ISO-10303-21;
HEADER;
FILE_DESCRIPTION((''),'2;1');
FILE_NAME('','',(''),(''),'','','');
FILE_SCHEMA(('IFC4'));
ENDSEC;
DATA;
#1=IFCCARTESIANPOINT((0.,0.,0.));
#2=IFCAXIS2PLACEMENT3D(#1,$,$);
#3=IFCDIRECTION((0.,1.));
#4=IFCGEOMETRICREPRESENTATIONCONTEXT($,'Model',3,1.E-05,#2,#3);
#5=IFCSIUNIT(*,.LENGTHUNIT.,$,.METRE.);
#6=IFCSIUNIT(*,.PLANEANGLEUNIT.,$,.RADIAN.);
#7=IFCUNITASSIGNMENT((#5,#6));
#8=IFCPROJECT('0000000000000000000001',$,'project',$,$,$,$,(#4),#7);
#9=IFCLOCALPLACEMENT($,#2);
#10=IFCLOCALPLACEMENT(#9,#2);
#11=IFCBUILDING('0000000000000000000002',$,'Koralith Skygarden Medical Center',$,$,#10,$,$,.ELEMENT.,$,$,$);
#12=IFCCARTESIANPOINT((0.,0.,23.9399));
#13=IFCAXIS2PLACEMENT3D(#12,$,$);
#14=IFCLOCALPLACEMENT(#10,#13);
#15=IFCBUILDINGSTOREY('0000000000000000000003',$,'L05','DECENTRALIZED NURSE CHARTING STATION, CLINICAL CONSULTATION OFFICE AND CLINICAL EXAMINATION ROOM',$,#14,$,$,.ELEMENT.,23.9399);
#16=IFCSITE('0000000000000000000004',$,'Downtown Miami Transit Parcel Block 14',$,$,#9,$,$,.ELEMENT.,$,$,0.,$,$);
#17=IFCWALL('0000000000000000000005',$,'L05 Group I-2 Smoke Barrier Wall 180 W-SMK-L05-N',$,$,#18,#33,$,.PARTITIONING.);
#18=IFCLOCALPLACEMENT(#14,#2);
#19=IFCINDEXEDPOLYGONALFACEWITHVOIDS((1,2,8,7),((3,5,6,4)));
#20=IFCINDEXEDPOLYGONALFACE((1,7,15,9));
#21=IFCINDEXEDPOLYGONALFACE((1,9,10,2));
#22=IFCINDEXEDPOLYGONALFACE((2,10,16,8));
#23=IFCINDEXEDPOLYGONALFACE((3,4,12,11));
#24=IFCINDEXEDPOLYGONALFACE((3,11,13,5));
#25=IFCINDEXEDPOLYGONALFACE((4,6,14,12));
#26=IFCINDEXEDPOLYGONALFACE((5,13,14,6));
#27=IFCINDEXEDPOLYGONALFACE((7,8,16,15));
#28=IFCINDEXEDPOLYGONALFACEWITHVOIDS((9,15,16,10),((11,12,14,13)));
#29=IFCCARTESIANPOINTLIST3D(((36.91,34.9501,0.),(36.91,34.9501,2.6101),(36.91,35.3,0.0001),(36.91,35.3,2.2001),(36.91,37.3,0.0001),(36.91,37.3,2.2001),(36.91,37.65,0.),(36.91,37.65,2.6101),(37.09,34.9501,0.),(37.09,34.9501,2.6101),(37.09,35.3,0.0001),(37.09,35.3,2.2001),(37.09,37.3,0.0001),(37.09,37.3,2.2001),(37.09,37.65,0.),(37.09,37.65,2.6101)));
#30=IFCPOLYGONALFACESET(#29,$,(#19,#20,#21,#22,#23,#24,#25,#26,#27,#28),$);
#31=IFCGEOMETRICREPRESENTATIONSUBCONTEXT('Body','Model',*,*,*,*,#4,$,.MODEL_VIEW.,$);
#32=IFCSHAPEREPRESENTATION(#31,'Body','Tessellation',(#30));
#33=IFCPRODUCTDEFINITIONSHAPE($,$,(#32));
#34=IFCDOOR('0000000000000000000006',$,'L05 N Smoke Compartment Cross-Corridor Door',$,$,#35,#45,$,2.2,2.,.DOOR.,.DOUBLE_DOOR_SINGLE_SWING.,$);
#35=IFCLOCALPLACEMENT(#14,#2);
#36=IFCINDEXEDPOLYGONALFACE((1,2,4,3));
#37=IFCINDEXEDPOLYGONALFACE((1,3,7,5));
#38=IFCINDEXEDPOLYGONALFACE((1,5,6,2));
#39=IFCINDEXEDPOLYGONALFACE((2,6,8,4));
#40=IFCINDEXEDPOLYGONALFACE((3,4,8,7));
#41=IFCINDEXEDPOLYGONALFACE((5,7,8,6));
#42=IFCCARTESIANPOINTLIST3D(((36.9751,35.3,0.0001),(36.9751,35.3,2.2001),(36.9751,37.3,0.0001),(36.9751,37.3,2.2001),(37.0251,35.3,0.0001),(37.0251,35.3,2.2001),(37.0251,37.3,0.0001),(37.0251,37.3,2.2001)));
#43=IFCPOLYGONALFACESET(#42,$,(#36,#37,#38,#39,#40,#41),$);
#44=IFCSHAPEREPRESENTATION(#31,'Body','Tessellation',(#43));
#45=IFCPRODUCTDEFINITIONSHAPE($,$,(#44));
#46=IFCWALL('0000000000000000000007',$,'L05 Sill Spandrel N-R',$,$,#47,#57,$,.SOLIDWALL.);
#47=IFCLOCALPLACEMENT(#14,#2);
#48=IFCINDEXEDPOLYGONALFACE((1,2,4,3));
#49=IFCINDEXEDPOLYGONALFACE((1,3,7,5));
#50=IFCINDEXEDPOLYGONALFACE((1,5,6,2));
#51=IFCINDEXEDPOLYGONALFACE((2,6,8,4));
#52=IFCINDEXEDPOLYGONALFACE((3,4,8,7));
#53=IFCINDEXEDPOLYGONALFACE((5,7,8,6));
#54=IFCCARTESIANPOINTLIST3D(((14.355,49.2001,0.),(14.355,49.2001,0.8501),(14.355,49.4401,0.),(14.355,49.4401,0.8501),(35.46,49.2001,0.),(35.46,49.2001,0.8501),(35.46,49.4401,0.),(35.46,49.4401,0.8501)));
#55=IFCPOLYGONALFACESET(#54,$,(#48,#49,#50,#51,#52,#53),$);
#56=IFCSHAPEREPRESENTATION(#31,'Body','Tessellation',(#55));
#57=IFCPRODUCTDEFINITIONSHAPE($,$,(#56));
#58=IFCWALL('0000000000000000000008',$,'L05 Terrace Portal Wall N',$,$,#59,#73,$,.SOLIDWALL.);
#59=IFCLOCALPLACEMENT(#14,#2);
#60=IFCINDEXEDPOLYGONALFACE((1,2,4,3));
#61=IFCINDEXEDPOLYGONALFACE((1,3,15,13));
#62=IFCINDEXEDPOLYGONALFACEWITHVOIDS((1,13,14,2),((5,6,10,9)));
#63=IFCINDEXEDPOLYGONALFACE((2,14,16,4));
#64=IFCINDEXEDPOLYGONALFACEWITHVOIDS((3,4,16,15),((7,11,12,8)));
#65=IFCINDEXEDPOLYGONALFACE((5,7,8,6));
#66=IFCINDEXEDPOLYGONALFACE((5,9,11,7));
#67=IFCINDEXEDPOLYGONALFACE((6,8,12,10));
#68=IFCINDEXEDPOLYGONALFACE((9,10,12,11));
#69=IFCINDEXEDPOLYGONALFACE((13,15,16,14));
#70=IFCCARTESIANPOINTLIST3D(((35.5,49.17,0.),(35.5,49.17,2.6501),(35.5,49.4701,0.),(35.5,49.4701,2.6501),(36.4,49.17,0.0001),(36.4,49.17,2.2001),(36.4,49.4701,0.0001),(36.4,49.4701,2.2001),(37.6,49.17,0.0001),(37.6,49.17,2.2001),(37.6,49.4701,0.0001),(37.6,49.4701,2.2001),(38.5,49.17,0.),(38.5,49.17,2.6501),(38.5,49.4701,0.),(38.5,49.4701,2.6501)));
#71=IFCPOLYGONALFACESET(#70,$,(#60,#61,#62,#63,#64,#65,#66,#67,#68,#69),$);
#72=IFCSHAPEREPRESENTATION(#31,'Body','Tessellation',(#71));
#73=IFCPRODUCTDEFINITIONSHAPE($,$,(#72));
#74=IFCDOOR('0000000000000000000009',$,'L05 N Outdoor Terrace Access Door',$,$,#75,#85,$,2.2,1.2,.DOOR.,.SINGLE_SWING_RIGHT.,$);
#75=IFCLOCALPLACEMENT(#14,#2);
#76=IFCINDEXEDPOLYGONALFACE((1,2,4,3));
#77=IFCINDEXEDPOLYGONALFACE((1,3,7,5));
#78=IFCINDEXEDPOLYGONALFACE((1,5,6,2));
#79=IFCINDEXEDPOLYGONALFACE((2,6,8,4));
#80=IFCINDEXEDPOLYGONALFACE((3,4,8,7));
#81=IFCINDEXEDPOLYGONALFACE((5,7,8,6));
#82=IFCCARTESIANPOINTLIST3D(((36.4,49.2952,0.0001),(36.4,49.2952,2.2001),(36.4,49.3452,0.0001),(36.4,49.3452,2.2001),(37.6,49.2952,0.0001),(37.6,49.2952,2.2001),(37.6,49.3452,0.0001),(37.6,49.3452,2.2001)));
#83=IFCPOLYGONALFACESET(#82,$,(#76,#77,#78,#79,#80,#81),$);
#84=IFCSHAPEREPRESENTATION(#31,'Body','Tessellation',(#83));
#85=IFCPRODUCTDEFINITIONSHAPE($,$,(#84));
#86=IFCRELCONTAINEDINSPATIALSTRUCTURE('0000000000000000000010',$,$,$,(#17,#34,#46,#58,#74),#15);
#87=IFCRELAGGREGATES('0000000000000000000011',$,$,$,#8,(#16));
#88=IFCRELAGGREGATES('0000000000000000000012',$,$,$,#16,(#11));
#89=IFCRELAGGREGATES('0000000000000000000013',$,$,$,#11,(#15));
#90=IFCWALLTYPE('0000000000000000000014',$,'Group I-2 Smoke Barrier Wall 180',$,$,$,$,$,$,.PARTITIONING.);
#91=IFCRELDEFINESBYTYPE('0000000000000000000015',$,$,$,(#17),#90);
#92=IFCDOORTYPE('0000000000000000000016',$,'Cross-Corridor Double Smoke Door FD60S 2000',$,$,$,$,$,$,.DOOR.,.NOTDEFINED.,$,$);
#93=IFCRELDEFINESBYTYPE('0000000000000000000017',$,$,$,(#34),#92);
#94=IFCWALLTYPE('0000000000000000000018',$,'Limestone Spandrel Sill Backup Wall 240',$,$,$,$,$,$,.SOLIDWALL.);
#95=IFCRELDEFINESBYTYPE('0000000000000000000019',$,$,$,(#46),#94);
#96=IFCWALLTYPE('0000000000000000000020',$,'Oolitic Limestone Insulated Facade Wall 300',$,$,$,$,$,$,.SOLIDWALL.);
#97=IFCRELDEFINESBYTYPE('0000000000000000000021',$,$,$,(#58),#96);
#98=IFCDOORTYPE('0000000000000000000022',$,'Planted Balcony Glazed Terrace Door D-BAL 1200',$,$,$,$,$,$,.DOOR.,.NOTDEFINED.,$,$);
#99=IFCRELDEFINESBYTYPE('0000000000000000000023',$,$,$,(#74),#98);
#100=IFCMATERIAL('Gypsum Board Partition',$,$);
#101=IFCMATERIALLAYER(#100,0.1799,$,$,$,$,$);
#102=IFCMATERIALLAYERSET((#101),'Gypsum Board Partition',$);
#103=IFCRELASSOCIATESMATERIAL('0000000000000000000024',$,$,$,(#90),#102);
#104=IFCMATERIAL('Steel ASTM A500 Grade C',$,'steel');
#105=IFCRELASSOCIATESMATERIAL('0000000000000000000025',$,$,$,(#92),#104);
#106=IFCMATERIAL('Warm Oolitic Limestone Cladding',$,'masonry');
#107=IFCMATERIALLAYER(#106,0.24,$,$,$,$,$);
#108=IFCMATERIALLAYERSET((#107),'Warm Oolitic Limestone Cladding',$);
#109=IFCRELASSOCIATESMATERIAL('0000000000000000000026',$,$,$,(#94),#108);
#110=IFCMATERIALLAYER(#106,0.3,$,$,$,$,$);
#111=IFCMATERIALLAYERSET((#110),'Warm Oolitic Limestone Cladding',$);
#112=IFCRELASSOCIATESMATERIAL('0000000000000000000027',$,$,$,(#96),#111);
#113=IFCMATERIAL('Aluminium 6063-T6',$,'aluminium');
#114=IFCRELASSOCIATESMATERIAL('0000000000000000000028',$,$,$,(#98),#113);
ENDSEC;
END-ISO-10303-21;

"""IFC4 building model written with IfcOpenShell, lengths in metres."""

from ifc_helpers import new_model, si_unit, direction, frame, frame_2d, origin, place, context, subcontext, project, spatial, rectangle, extrude, material, layer, layer_set, type_object, element, fill, save


model = new_model("IFC4")

# Units and contexts
model_context = context("Model", 3, precision=1e-05, world=origin(), true_north=direction((0.0, 1.0)))
body_context = subcontext(model_context, "Body", "Model", "MODEL_VIEW")
ifc_project = project(units=[si_unit("LENGTHUNIT", "METRE"), si_unit("PLANEANGLEUNIT", "RADIAN")], contexts=[model_context])

# Site, building, storey
site_placement = place(None, origin())
site = spatial("IfcSite", under=ifc_project, at=site_placement, Name="Downtown Miami Transit Parcel Block 14", CompositionType="ELEMENT", RefElevation=0.0)
building_placement = place(site_placement, origin())
building = spatial("IfcBuilding", under=site, at=building_placement, Name="Koralith Skygarden Medical Center", CompositionType="ELEMENT")
storey_placement = place(building_placement, frame((0.0, 0.0, 23.9399)))
storey = spatial("IfcBuildingStorey", under=building, at=storey_placement, Name="L05", Description="DECENTRALIZED NURSE CHARTING STATION, CLINICAL CONSULTATION OFFICE AND CLINICAL EXAMINATION ROOM", CompositionType="ELEMENT", Elevation=23.9399)

# Shared definitions
ifc_material_1 = material(Name="Aluminium 6063-T6", Category="aluminium")

# Shared definitions
ifc_material_2 = material(Name="Gypsum Board Partition")

# Wall, opening, door
ifc_layer_1 = layer(ifc_material_2, 0.1799)
ifc_layer_set_1 = layer_set([ifc_layer_1], Name="Gypsum Board Partition")
wall_type_1 = type_object("IfcWallType", Name="Group I-2 Smoke Barrier Wall 180", PredefinedType="PARTITIONING", material=ifc_layer_set_1)
wall_1_placement = place(storey_placement, frame((37.0, 34.95, 0.0), z_axis=(0.0, 0.0, 1.0), x_axis=(0.0, 1.0, 0.0)))
wall_1 = element("IfcWall", 1, at=wall_1_placement, inside=storey, type_object=wall_type_1, Name="L05 Group I-2 Smoke Barrier Wall 180 W-SMK-L05-N", PredefinedType="PARTITIONING", context=body_context, shape_type="SweptSolid", body=[
    extrude(rectangle(XDim=2.7, YDim=0.1799, at=frame_2d((1.3501, 0.0))), origin(), (0.0, 0.0, 1.0), 2.6101),
])
opening_1_placement = place(wall_1_placement, frame((0.3501, 0.0, 0.0)))
opening_1 = element("IfcOpeningElement", 2, at=opening_1_placement, cuts=wall_1, PredefinedType="OPENING", context=body_context, shape_type="SweptSolid", body=[
    extrude(rectangle(XDim=2.0, YDim=2.2, at=frame_2d((1.0, 1.1001))), frame((0.0, 0.0999, 0.0), z_axis=(0.0, -1.0, 0.0), x_axis=(1.0, 0.0, 0.0)), (0.0, 0.0, 1.0), 0.2),
])
ifc_material_3 = material(Name="Steel ASTM A500 Grade C", Category="steel")
door_type_1 = type_object("IfcDoorType", Name="Cross-Corridor Double Smoke Door FD60S 2000", OperationType="NOTDEFINED", PredefinedType="DOOR", material=ifc_material_3)
door_1_placement = place(opening_1_placement, origin())
door_1 = element("IfcDoor", 3, at=door_1_placement, inside=storey, type_object=door_type_1, Name="L05 N Smoke Compartment Cross-Corridor Door", OperationType="DOUBLE_DOOR_SINGLE_SWING", OverallHeight=2.2, OverallWidth=2.0, PredefinedType="DOOR", context=body_context, shape_type="SweptSolid", body=[
    extrude(rectangle(XDim=2.0, YDim=2.2, at=frame_2d((1.0, 1.1001))), frame((0.0, 0.0249, 0.0), z_axis=(0.0, -1.0, 0.0), x_axis=(1.0, 0.0, 0.0)), (0.0, 0.0, 1.0), 0.05),
])
fill(opening_1, door_1)

# Wall
ifc_material_4 = material(Name="Warm Oolitic Limestone Cladding", Category="masonry")
ifc_layer_2 = layer(ifc_material_4, 0.24)
ifc_layer_set_2 = layer_set([ifc_layer_2], Name="Warm Oolitic Limestone Cladding")
wall_type_2 = type_object("IfcWallType", Name="Limestone Spandrel Sill Backup Wall 240", PredefinedType="SOLIDWALL", material=ifc_layer_set_2)
wall_2_placement = place(storey_placement, frame((35.46, 49.3201, 0.0), z_axis=(0.0, 0.0, 1.0), x_axis=(-1.0, 0.0, 0.0)))
element("IfcWall", 4, at=wall_2_placement, inside=storey, type_object=wall_type_2, Name="L05 Sill Spandrel N-R", PredefinedType="SOLIDWALL", context=body_context, shape_type="SweptSolid", body=[
    extrude(rectangle(XDim=21.105, YDim=0.24, at=frame_2d((10.5525, 0.0))), origin(), (0.0, 0.0, 1.0), 0.8501),
])

# Wall, opening, door
ifc_layer_3 = layer(ifc_material_4, 0.3)
ifc_layer_set_3 = layer_set([ifc_layer_3], Name="Warm Oolitic Limestone Cladding")
wall_type_3 = type_object("IfcWallType", Name="Oolitic Limestone Insulated Facade Wall 300", PredefinedType="SOLIDWALL", material=ifc_layer_set_3)
wall_3_placement = place(storey_placement, frame((38.5, 49.3201, 0.0), z_axis=(0.0, 0.0, 1.0), x_axis=(-1.0, 0.0, 0.0)))
wall_3 = element("IfcWall", 5, at=wall_3_placement, inside=storey, type_object=wall_type_3, Name="L05 Terrace Portal Wall N", PredefinedType="SOLIDWALL", context=body_context, shape_type="SweptSolid", body=[
    extrude(rectangle(XDim=3.0, YDim=0.3, at=frame_2d((1.5, 0.0))), origin(), (0.0, 0.0, 1.0), 2.6501),
])
opening_2_placement = place(wall_3_placement, frame((0.8999, 0.0, 0.0)))
opening_2 = element("IfcOpeningElement", 6, at=opening_2_placement, cuts=wall_3, PredefinedType="OPENING", context=body_context, shape_type="SweptSolid", body=[
    extrude(rectangle(XDim=1.2, YDim=2.2, at=frame_2d((0.6001, 1.1001))), frame((0.0, 0.1599, 0.0), z_axis=(0.0, -1.0, 0.0), x_axis=(1.0, 0.0, 0.0)), (0.0, 0.0, 1.0), 0.3201),
])
door_type_2 = type_object("IfcDoorType", Name="Planted Balcony Glazed Terrace Door D-BAL 1200", OperationType="NOTDEFINED", PredefinedType="DOOR", material=ifc_material_1)
door_2_placement = place(opening_2_placement, origin())
door_2 = element("IfcDoor", 7, at=door_2_placement, inside=storey, type_object=door_type_2, Name="L05 N Outdoor Terrace Access Door", OperationType="SINGLE_SWING_RIGHT", OverallHeight=2.2, OverallWidth=1.2, PredefinedType="DOOR", context=body_context, shape_type="SweptSolid", body=[
    extrude(rectangle(XDim=1.2, YDim=2.2, at=frame_2d((0.6001, 1.1001))), frame((0.0, 0.0249, 0.0), z_axis=(0.0, -1.0, 0.0), x_axis=(1.0, 0.0, 0.0)), (0.0, 0.0, 1.0), 0.05),
])
fill(opening_2, door_2)

save(model, "model.ifc")
